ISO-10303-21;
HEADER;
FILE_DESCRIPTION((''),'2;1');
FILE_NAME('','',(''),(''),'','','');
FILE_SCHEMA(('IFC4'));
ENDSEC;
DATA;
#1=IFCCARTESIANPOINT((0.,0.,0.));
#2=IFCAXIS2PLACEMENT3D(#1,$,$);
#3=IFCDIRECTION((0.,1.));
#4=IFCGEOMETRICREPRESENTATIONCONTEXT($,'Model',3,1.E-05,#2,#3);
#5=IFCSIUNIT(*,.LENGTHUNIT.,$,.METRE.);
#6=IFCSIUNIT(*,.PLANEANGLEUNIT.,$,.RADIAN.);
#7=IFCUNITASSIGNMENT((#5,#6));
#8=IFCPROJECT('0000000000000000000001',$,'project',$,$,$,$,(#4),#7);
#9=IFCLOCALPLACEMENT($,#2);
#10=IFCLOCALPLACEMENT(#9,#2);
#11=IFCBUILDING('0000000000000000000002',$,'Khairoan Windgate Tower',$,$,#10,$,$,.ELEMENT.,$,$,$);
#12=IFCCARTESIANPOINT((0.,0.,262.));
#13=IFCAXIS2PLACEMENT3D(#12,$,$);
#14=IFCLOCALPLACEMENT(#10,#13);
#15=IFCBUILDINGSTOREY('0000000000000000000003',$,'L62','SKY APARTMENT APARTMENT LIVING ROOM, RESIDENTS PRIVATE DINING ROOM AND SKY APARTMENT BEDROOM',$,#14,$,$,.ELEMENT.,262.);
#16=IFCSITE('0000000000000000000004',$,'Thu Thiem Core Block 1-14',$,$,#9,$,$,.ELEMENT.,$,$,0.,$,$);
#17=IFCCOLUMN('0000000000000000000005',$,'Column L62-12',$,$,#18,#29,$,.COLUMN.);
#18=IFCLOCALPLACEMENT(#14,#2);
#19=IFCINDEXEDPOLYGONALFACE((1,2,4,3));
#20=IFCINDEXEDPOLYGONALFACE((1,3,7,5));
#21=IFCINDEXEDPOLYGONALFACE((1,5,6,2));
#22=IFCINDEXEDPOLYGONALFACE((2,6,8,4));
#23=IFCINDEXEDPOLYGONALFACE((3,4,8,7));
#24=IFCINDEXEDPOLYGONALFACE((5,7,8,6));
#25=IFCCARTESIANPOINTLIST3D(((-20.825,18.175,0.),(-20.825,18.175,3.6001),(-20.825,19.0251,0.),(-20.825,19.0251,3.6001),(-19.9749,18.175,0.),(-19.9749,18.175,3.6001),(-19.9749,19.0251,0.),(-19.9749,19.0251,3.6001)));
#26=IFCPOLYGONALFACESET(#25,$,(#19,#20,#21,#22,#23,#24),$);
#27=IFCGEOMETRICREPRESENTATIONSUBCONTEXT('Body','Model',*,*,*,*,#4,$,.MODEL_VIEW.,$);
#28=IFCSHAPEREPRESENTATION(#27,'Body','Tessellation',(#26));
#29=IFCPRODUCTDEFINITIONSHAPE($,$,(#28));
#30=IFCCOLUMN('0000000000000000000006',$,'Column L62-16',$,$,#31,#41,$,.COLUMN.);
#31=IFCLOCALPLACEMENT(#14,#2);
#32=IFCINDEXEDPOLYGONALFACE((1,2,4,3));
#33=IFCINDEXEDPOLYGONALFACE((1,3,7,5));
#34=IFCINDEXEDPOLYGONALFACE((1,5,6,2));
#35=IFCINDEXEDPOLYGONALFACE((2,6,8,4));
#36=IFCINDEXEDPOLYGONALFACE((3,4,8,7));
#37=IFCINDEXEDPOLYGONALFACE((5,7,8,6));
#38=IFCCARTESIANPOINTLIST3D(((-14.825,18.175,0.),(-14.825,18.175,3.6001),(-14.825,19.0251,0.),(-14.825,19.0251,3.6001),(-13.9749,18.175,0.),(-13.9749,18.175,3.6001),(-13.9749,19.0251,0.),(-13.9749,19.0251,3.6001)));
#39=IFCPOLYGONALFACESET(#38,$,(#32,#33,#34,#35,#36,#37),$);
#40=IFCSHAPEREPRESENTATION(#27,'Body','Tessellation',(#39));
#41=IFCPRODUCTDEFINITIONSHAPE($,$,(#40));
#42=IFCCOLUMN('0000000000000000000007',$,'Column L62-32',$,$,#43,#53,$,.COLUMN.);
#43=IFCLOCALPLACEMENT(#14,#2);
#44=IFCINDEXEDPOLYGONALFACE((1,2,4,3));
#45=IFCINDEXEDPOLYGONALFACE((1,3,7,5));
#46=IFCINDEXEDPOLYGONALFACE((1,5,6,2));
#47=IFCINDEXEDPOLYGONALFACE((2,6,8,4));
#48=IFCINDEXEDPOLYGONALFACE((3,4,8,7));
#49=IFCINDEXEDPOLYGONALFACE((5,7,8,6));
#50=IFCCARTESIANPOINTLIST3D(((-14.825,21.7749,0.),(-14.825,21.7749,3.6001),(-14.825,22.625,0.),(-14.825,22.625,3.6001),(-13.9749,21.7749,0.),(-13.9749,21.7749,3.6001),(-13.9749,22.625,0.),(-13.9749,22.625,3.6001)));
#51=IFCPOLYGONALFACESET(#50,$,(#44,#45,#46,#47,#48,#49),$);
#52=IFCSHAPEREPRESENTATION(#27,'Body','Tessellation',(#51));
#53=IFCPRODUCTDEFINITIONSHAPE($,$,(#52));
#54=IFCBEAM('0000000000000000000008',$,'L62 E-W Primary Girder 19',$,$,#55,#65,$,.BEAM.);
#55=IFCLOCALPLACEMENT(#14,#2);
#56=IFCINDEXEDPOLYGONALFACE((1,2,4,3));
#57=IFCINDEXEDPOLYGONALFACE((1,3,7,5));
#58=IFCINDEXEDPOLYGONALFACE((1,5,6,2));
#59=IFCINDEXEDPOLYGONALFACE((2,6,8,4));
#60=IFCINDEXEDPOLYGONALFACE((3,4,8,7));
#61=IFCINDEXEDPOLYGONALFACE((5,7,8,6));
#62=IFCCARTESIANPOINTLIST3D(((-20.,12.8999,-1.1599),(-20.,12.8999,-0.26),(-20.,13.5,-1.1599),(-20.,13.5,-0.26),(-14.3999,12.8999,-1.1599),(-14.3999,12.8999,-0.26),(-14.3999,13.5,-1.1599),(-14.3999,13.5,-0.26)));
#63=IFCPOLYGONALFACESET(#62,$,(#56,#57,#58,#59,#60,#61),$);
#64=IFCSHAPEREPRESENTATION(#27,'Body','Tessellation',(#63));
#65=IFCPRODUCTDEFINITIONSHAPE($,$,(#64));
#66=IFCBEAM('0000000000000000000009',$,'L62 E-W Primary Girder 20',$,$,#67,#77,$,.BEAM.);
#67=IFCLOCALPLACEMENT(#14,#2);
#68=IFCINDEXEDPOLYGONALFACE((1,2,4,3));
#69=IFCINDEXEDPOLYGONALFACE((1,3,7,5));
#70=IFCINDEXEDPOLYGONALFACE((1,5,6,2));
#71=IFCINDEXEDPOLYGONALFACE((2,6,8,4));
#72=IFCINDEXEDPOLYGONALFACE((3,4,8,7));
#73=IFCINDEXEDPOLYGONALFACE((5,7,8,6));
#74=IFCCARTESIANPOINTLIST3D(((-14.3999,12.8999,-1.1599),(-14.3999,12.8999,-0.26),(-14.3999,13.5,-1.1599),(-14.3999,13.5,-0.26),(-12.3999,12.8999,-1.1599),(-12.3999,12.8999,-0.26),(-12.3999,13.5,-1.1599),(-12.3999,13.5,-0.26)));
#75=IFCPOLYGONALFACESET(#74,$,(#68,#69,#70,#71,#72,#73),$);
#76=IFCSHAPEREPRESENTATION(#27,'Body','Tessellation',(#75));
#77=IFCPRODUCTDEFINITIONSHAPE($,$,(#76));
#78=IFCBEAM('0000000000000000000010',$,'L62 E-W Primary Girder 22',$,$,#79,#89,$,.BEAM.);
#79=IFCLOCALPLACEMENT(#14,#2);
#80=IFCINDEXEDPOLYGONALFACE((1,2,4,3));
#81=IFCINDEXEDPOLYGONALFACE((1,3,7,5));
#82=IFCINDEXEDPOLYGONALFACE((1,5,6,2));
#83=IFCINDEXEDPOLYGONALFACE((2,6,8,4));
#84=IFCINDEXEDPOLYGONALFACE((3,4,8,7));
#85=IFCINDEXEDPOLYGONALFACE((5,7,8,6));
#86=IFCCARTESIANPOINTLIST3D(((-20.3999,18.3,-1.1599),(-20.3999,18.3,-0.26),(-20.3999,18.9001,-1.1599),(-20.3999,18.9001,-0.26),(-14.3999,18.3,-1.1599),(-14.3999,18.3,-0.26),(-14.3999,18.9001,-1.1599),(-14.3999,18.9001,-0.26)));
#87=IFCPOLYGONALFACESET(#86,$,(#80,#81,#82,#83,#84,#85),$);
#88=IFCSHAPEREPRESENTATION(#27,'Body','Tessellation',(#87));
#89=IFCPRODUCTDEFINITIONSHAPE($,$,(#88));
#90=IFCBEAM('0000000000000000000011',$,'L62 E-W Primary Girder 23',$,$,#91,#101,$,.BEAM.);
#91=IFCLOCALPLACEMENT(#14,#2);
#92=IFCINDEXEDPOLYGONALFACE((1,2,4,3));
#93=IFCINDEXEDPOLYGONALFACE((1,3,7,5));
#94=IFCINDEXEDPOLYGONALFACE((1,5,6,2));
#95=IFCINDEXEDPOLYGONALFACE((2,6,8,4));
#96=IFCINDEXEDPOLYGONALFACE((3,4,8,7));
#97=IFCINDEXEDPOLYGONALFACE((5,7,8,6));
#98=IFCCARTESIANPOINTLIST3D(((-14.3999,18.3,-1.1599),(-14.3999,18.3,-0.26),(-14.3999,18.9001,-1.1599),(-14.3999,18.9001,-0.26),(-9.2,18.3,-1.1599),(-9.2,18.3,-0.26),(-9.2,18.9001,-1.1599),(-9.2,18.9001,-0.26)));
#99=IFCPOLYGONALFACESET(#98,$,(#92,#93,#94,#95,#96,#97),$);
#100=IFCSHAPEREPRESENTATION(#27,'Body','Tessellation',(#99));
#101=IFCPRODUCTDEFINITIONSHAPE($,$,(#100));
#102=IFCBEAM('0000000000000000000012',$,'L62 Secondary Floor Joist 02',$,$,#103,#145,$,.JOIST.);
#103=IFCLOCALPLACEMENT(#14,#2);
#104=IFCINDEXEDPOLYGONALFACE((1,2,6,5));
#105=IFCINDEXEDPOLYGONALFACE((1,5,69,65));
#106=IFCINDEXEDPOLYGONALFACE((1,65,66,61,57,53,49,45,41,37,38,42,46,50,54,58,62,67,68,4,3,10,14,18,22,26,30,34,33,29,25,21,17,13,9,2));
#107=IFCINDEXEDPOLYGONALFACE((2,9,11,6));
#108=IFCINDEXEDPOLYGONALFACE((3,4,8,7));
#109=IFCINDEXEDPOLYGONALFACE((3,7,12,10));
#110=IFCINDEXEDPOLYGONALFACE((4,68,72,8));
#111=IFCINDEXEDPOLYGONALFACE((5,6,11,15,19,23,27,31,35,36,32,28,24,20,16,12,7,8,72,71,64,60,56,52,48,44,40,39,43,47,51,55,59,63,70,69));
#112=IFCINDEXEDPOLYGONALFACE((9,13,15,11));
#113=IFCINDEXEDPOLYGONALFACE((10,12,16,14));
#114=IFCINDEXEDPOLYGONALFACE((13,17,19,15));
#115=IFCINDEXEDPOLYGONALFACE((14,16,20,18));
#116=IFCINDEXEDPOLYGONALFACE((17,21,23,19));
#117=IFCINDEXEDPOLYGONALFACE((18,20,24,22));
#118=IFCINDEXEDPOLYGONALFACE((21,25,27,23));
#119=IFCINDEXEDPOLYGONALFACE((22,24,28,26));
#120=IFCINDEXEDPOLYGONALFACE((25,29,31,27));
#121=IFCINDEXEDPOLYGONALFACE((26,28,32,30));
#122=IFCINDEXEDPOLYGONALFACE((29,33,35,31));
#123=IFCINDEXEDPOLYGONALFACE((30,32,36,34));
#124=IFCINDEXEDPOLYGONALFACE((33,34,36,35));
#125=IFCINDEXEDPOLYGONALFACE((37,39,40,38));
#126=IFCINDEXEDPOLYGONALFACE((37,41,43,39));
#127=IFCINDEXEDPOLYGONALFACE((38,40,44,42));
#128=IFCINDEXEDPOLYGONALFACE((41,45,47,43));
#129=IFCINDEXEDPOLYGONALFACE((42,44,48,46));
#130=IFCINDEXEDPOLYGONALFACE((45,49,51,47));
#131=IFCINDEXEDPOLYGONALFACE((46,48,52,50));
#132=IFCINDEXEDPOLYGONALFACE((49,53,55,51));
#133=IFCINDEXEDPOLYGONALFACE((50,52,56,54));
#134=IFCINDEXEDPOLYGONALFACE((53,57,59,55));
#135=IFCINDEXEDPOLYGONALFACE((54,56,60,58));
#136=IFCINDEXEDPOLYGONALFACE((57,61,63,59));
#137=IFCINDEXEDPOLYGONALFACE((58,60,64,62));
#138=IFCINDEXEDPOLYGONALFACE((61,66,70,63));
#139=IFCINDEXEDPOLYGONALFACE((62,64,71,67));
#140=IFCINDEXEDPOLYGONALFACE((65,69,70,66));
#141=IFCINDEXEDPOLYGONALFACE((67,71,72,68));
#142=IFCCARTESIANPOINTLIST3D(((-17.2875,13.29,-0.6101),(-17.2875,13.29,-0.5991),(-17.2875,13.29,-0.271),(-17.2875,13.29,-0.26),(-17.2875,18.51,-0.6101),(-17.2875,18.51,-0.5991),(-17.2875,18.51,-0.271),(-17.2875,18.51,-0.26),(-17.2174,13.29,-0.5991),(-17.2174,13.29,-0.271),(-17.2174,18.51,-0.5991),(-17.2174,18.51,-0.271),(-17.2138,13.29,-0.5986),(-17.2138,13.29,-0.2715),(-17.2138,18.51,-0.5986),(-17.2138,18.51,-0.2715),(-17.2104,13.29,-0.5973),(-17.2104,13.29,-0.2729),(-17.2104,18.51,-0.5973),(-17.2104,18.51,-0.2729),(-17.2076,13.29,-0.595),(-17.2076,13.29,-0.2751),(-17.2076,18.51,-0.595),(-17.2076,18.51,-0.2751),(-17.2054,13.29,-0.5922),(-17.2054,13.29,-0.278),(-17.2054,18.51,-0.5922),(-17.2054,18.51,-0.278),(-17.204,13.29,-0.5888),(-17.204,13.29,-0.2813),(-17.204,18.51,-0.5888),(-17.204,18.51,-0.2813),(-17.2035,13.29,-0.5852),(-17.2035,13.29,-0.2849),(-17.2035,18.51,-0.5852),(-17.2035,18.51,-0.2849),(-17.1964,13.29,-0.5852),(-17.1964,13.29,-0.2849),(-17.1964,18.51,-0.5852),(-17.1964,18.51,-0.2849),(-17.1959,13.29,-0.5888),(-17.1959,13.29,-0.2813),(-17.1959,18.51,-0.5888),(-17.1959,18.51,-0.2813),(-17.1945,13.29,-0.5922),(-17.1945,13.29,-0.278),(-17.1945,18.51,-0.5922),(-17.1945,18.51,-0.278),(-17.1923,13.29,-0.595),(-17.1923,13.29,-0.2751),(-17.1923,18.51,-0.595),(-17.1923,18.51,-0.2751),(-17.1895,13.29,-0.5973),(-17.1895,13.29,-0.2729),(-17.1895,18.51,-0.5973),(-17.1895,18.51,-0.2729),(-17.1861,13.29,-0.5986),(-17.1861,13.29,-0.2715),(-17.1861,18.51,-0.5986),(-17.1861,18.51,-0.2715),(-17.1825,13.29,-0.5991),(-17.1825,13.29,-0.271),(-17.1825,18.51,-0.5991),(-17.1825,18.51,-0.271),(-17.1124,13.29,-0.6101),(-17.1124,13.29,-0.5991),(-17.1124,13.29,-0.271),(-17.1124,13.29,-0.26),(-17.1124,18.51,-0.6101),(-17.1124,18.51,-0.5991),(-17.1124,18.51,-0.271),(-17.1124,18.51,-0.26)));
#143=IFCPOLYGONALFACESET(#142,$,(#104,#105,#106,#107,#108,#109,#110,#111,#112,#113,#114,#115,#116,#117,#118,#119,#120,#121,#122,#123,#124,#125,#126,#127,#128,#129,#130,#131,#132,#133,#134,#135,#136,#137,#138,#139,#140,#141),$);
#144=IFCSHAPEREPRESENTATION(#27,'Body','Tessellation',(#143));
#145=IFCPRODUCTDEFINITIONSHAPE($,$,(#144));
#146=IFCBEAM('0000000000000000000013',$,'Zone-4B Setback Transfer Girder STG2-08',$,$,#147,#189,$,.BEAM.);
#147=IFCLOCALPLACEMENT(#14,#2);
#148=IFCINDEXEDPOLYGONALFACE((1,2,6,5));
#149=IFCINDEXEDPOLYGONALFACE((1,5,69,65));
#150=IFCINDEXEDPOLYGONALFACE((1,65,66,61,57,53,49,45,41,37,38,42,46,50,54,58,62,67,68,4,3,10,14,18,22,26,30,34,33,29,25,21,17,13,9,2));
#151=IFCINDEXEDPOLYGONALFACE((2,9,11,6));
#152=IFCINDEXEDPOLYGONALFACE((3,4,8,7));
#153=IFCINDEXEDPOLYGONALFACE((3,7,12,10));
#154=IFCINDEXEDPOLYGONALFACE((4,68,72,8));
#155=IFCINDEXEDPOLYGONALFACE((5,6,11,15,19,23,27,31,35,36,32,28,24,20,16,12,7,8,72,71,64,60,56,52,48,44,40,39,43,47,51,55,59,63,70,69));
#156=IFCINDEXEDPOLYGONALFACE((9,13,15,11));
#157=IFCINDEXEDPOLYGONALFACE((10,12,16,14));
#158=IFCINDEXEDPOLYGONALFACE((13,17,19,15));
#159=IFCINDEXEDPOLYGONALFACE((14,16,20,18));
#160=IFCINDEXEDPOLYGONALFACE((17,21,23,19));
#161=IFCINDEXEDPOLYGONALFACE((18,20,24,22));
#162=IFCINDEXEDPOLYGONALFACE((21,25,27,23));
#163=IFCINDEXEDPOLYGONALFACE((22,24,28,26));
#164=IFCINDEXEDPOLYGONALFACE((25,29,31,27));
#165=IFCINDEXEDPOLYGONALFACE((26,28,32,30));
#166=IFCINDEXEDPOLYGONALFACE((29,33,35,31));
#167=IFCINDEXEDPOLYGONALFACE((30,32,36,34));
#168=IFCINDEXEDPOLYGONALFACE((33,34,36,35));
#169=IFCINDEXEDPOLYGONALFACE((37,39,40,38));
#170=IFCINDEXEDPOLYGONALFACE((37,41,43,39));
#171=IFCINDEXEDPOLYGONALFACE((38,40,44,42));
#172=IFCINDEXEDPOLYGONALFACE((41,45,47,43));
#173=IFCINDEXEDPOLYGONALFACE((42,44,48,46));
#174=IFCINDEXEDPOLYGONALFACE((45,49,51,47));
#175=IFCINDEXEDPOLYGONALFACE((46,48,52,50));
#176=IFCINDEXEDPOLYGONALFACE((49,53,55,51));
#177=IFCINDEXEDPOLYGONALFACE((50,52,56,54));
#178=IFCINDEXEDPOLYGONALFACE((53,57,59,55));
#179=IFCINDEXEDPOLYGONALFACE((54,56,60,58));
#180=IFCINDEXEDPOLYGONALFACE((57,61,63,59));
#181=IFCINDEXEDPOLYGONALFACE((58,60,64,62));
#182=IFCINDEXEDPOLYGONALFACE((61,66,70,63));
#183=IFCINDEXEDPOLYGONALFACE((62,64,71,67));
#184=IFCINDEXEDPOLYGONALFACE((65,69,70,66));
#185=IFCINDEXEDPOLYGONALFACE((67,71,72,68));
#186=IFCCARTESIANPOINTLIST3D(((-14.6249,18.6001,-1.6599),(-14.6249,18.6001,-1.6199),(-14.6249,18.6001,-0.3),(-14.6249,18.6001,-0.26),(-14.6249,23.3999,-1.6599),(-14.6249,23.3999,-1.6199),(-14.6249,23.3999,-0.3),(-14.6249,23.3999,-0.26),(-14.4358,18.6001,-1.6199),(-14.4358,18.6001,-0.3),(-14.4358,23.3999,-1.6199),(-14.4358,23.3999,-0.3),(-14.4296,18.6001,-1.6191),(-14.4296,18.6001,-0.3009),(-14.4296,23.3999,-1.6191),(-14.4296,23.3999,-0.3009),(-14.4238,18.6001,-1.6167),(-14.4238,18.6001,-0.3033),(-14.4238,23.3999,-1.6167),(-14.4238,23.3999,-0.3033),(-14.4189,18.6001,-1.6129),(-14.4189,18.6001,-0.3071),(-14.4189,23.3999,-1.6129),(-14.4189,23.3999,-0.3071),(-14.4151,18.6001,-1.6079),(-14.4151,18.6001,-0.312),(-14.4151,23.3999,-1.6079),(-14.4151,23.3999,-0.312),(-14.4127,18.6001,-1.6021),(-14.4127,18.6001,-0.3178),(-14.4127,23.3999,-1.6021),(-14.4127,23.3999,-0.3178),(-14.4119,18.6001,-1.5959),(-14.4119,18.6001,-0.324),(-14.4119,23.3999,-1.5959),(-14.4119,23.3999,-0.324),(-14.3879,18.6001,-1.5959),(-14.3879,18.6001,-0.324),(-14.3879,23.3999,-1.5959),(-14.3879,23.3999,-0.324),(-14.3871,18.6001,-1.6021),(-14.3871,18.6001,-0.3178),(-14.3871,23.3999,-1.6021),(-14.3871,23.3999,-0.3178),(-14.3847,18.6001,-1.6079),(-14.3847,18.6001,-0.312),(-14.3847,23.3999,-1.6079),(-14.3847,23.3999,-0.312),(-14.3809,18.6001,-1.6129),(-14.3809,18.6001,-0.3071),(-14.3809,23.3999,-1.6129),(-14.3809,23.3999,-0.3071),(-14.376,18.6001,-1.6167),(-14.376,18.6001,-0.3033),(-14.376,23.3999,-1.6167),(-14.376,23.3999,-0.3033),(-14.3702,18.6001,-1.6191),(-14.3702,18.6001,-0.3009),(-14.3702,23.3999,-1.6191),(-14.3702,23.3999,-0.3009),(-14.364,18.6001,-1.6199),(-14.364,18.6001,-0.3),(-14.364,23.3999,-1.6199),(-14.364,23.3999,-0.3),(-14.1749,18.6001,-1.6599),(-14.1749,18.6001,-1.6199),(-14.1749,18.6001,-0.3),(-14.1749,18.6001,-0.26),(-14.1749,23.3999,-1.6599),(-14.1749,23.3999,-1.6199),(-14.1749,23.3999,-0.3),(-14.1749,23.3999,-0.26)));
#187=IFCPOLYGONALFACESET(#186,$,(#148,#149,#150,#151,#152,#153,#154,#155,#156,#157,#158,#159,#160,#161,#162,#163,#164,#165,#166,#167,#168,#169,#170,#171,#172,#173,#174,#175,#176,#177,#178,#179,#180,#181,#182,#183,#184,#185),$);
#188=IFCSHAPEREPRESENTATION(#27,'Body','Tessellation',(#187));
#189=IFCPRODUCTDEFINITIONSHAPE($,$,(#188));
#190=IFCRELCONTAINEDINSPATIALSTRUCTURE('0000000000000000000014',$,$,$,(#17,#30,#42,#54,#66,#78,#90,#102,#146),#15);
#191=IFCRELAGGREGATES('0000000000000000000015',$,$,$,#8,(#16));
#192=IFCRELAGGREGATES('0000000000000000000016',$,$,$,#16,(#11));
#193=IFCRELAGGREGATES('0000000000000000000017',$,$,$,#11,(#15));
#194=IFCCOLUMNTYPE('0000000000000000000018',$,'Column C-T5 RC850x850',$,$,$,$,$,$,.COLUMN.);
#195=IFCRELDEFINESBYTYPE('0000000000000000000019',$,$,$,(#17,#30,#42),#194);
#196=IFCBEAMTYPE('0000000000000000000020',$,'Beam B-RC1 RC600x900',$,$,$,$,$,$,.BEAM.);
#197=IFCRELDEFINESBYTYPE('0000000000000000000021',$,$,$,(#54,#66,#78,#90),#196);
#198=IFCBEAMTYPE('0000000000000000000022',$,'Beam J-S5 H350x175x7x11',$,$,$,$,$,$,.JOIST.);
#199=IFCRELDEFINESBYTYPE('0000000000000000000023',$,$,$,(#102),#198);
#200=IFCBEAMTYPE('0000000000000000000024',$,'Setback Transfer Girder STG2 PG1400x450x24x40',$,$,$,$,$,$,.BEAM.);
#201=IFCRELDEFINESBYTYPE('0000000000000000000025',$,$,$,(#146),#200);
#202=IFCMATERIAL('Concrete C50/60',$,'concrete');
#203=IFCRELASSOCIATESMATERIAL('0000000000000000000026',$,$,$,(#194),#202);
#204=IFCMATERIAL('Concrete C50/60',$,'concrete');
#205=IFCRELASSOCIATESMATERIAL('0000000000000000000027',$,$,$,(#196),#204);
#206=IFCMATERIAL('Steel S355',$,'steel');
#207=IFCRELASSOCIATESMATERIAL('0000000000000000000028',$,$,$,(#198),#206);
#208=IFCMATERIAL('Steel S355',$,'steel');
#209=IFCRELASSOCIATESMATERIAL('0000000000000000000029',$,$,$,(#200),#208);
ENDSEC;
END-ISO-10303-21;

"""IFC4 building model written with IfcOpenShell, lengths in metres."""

from ifc_helpers import new_model, si_unit, direction, frame, origin, origin_2d, place, context, subcontext, project, spatial, rectangle, i_section, extrude, material, material_profile, profile_set, type_object, element, save


model = new_model("IFC4")

# Units and contexts
model_context = context("Model", 3, precision=1e-05, world=origin(), true_north=direction((0.0, 1.0)))
body_context = subcontext(model_context, "Body", "Model", "MODEL_VIEW")
ifc_project = project(units=[si_unit("LENGTHUNIT", "METRE"), si_unit("PLANEANGLEUNIT", "RADIAN")], contexts=[model_context])

# Site, building, storey
site_placement = place(None, origin())
site = spatial("IfcSite", under=ifc_project, at=site_placement, Name="Thu Thiem Core Block 1-14", CompositionType="ELEMENT", RefElevation=0.0)
building_placement = place(site_placement, origin())
building = spatial("IfcBuilding", under=site, at=building_placement, Name="Khairoan Windgate Tower", CompositionType="ELEMENT")
storey_placement = place(building_placement, frame((0.0, 0.0, 262.0)))
storey = spatial("IfcBuildingStorey", under=building, at=storey_placement, Name="L62", Description="SKY APARTMENT APARTMENT LIVING ROOM, RESIDENTS PRIVATE DINING ROOM AND SKY APARTMENT BEDROOM", CompositionType="ELEMENT", Elevation=262.0)

# Columns
ifc_material_1 = material(Name="Concrete C50/60", Category="concrete")
ifc_material_profile_1 = material_profile(ifc_material_1, rectangle(XDim=0.8501, YDim=0.8501, at=origin_2d()))
ifc_profile_set_1 = profile_set([ifc_material_profile_1], Name="Concrete C50/60")
column_type = type_object("IfcColumnType", Name="Column C-T5 RC850x850", PredefinedType="COLUMN", material=ifc_profile_set_1)
for number, where, z_axis, x_axis, name in (
    (1, (-20.3999, 18.6001, 0.0), (0.0, 0.0, 1.0), (1.0, 0.0, 0.0), "Column L62-12"),
    (2, (-14.3999, 18.6001, 0.0), (0.0, 0.0, 1.0), (1.0, 0.0, 0.0), "Column L62-16"),
    (3, (-14.3999, 22.2, 0.0), (0.0, 0.0, 1.0), (1.0, 0.0, 0.0), "Column L62-32"),
):
    element("IfcColumn", number, at=place(storey_placement, frame(where, z_axis=z_axis, x_axis=x_axis)), inside=storey, type_object=column_type, Name=name, PredefinedType="COLUMN", context=body_context, shape_type="SweptSolid", body=[
        extrude(rectangle(XDim=0.8501, YDim=0.8501, at=origin_2d()), origin(), (0.0, 0.0, 1.0), 3.6001),
    ])

# Beams
ifc_material_2 = material(Name="Concrete C50/60", Category="concrete")
ifc_material_profile_2 = material_profile(ifc_material_2, rectangle(XDim=0.6001, YDim=0.8999, at=origin_2d()))
ifc_profile_set_2 = profile_set([ifc_material_profile_2], Name="Concrete C50/60")
beam_type_1 = type_object("IfcBeamType", Name="Beam B-RC1 RC600x900", PredefinedType="BEAM", material=ifc_profile_set_2)
beam_1_placement = place(storey_placement, frame((-20.0, 13.2, -0.71), z_axis=(1.0, 0.0, 0.0), x_axis=(0.0, 1.0, 0.0)))
element("IfcBeam", 4, at=beam_1_placement, inside=storey, type_object=beam_type_1, Name="L62 E-W Primary Girder 19", PredefinedType="BEAM", context=body_context, shape_type="SweptSolid", body=[
    extrude(rectangle(XDim=0.6001, YDim=0.8999, at=origin_2d()), origin(), (0.0, 0.0, 1.0), 5.6001),
])
beam_2_placement = place(storey_placement, frame((-14.3999, 13.2, -0.71), z_axis=(1.0, 0.0, 0.0), x_axis=(0.0, 1.0, 0.0)))
element("IfcBeam", 5, at=beam_2_placement, inside=storey, type_object=beam_type_1, Name="L62 E-W Primary Girder 20", PredefinedType="BEAM", context=body_context, shape_type="SweptSolid", body=[
    extrude(rectangle(XDim=0.6001, YDim=0.8999, at=origin_2d()), origin(), (0.0, 0.0, 1.0), 2.0),
])
beam_3_placement = place(storey_placement, frame((-20.3999, 18.6001, -0.71), z_axis=(1.0, 0.0, 0.0), x_axis=(0.0, 1.0, 0.0)))
element("IfcBeam", 6, at=beam_3_placement, inside=storey, type_object=beam_type_1, Name="L62 E-W Primary Girder 22", PredefinedType="BEAM", context=body_context, shape_type="SweptSolid", body=[
    extrude(rectangle(XDim=0.6001, YDim=0.8999, at=origin_2d()), origin(), (0.0, 0.0, 1.0), 6.0),
])
beam_4_placement = place(storey_placement, frame((-14.3999, 18.6001, -0.71), z_axis=(1.0, 0.0, 0.0), x_axis=(0.0, 1.0, 0.0)))
element("IfcBeam", 7, at=beam_4_placement, inside=storey, type_object=beam_type_1, Name="L62 E-W Primary Girder 23", PredefinedType="BEAM", context=body_context, shape_type="SweptSolid", body=[
    extrude(rectangle(XDim=0.6001, YDim=0.8999, at=origin_2d()), origin(), (0.0, 0.0, 1.0), 5.2),
])
ifc_material_3 = material(Name="Steel S355", Category="steel")
ifc_material_profile_3 = material_profile(ifc_material_3, i_section(OverallWidth=0.175, OverallDepth=0.3501, WebThickness=0.0071, FlangeThickness=0.011, FilletRadius=0.0139, at=origin_2d()))
ifc_profile_set_3 = profile_set([ifc_material_profile_3], Name="Steel S355")
beam_type_2 = type_object("IfcBeamType", Name="Beam J-S5 H350x175x7x11", PredefinedType="JOIST", material=ifc_profile_set_3)
beam_5_placement = place(storey_placement, frame((-17.2, 13.29, -0.4351), z_axis=(0.0, 1.0, 0.0), x_axis=(-1.0, 0.0, 0.0)))
element("IfcBeam", 8, at=beam_5_placement, inside=storey, type_object=beam_type_2, Name="L62 Secondary Floor Joist 02", PredefinedType="JOIST", context=body_context, shape_type="SweptSolid", body=[
    extrude(i_section(OverallWidth=0.175, OverallDepth=0.3501, WebThickness=0.0071, FlangeThickness=0.011, FilletRadius=0.0139, at=origin_2d()), origin(), (0.0, 0.0, 1.0), 5.22),
])

# Beam
ifc_material_4 = material(Name="Steel S355", Category="steel")
ifc_material_profile_4 = material_profile(ifc_material_4, i_section(OverallWidth=0.45, OverallDepth=1.3999, WebThickness=0.0239, FlangeThickness=0.04, FilletRadius=0.0239, at=origin_2d()))
ifc_profile_set_4 = profile_set([ifc_material_profile_4], Name="Steel S355")
beam_type_3 = type_object("IfcBeamType", Name="Setback Transfer Girder STG2 PG1400x450x24x40", PredefinedType="BEAM", material=ifc_profile_set_4)
beam_6_placement = place(storey_placement, frame((-14.3999, 18.6001, -0.96), z_axis=(0.0, 1.0, 0.0), x_axis=(-1.0, 0.0, 0.0)))
element("IfcBeam", 9, at=beam_6_placement, inside=storey, type_object=beam_type_3, Name="Zone-4B Setback Transfer Girder STG2-08", PredefinedType="BEAM", context=body_context, shape_type="SweptSolid", body=[
    extrude(i_section(OverallWidth=0.45, OverallDepth=1.3999, WebThickness=0.0239, FlangeThickness=0.04, FilletRadius=0.0239, at=origin_2d()), origin(), (0.0, 0.0, 1.0), 4.7998),
])

save(model, "model.ifc")
